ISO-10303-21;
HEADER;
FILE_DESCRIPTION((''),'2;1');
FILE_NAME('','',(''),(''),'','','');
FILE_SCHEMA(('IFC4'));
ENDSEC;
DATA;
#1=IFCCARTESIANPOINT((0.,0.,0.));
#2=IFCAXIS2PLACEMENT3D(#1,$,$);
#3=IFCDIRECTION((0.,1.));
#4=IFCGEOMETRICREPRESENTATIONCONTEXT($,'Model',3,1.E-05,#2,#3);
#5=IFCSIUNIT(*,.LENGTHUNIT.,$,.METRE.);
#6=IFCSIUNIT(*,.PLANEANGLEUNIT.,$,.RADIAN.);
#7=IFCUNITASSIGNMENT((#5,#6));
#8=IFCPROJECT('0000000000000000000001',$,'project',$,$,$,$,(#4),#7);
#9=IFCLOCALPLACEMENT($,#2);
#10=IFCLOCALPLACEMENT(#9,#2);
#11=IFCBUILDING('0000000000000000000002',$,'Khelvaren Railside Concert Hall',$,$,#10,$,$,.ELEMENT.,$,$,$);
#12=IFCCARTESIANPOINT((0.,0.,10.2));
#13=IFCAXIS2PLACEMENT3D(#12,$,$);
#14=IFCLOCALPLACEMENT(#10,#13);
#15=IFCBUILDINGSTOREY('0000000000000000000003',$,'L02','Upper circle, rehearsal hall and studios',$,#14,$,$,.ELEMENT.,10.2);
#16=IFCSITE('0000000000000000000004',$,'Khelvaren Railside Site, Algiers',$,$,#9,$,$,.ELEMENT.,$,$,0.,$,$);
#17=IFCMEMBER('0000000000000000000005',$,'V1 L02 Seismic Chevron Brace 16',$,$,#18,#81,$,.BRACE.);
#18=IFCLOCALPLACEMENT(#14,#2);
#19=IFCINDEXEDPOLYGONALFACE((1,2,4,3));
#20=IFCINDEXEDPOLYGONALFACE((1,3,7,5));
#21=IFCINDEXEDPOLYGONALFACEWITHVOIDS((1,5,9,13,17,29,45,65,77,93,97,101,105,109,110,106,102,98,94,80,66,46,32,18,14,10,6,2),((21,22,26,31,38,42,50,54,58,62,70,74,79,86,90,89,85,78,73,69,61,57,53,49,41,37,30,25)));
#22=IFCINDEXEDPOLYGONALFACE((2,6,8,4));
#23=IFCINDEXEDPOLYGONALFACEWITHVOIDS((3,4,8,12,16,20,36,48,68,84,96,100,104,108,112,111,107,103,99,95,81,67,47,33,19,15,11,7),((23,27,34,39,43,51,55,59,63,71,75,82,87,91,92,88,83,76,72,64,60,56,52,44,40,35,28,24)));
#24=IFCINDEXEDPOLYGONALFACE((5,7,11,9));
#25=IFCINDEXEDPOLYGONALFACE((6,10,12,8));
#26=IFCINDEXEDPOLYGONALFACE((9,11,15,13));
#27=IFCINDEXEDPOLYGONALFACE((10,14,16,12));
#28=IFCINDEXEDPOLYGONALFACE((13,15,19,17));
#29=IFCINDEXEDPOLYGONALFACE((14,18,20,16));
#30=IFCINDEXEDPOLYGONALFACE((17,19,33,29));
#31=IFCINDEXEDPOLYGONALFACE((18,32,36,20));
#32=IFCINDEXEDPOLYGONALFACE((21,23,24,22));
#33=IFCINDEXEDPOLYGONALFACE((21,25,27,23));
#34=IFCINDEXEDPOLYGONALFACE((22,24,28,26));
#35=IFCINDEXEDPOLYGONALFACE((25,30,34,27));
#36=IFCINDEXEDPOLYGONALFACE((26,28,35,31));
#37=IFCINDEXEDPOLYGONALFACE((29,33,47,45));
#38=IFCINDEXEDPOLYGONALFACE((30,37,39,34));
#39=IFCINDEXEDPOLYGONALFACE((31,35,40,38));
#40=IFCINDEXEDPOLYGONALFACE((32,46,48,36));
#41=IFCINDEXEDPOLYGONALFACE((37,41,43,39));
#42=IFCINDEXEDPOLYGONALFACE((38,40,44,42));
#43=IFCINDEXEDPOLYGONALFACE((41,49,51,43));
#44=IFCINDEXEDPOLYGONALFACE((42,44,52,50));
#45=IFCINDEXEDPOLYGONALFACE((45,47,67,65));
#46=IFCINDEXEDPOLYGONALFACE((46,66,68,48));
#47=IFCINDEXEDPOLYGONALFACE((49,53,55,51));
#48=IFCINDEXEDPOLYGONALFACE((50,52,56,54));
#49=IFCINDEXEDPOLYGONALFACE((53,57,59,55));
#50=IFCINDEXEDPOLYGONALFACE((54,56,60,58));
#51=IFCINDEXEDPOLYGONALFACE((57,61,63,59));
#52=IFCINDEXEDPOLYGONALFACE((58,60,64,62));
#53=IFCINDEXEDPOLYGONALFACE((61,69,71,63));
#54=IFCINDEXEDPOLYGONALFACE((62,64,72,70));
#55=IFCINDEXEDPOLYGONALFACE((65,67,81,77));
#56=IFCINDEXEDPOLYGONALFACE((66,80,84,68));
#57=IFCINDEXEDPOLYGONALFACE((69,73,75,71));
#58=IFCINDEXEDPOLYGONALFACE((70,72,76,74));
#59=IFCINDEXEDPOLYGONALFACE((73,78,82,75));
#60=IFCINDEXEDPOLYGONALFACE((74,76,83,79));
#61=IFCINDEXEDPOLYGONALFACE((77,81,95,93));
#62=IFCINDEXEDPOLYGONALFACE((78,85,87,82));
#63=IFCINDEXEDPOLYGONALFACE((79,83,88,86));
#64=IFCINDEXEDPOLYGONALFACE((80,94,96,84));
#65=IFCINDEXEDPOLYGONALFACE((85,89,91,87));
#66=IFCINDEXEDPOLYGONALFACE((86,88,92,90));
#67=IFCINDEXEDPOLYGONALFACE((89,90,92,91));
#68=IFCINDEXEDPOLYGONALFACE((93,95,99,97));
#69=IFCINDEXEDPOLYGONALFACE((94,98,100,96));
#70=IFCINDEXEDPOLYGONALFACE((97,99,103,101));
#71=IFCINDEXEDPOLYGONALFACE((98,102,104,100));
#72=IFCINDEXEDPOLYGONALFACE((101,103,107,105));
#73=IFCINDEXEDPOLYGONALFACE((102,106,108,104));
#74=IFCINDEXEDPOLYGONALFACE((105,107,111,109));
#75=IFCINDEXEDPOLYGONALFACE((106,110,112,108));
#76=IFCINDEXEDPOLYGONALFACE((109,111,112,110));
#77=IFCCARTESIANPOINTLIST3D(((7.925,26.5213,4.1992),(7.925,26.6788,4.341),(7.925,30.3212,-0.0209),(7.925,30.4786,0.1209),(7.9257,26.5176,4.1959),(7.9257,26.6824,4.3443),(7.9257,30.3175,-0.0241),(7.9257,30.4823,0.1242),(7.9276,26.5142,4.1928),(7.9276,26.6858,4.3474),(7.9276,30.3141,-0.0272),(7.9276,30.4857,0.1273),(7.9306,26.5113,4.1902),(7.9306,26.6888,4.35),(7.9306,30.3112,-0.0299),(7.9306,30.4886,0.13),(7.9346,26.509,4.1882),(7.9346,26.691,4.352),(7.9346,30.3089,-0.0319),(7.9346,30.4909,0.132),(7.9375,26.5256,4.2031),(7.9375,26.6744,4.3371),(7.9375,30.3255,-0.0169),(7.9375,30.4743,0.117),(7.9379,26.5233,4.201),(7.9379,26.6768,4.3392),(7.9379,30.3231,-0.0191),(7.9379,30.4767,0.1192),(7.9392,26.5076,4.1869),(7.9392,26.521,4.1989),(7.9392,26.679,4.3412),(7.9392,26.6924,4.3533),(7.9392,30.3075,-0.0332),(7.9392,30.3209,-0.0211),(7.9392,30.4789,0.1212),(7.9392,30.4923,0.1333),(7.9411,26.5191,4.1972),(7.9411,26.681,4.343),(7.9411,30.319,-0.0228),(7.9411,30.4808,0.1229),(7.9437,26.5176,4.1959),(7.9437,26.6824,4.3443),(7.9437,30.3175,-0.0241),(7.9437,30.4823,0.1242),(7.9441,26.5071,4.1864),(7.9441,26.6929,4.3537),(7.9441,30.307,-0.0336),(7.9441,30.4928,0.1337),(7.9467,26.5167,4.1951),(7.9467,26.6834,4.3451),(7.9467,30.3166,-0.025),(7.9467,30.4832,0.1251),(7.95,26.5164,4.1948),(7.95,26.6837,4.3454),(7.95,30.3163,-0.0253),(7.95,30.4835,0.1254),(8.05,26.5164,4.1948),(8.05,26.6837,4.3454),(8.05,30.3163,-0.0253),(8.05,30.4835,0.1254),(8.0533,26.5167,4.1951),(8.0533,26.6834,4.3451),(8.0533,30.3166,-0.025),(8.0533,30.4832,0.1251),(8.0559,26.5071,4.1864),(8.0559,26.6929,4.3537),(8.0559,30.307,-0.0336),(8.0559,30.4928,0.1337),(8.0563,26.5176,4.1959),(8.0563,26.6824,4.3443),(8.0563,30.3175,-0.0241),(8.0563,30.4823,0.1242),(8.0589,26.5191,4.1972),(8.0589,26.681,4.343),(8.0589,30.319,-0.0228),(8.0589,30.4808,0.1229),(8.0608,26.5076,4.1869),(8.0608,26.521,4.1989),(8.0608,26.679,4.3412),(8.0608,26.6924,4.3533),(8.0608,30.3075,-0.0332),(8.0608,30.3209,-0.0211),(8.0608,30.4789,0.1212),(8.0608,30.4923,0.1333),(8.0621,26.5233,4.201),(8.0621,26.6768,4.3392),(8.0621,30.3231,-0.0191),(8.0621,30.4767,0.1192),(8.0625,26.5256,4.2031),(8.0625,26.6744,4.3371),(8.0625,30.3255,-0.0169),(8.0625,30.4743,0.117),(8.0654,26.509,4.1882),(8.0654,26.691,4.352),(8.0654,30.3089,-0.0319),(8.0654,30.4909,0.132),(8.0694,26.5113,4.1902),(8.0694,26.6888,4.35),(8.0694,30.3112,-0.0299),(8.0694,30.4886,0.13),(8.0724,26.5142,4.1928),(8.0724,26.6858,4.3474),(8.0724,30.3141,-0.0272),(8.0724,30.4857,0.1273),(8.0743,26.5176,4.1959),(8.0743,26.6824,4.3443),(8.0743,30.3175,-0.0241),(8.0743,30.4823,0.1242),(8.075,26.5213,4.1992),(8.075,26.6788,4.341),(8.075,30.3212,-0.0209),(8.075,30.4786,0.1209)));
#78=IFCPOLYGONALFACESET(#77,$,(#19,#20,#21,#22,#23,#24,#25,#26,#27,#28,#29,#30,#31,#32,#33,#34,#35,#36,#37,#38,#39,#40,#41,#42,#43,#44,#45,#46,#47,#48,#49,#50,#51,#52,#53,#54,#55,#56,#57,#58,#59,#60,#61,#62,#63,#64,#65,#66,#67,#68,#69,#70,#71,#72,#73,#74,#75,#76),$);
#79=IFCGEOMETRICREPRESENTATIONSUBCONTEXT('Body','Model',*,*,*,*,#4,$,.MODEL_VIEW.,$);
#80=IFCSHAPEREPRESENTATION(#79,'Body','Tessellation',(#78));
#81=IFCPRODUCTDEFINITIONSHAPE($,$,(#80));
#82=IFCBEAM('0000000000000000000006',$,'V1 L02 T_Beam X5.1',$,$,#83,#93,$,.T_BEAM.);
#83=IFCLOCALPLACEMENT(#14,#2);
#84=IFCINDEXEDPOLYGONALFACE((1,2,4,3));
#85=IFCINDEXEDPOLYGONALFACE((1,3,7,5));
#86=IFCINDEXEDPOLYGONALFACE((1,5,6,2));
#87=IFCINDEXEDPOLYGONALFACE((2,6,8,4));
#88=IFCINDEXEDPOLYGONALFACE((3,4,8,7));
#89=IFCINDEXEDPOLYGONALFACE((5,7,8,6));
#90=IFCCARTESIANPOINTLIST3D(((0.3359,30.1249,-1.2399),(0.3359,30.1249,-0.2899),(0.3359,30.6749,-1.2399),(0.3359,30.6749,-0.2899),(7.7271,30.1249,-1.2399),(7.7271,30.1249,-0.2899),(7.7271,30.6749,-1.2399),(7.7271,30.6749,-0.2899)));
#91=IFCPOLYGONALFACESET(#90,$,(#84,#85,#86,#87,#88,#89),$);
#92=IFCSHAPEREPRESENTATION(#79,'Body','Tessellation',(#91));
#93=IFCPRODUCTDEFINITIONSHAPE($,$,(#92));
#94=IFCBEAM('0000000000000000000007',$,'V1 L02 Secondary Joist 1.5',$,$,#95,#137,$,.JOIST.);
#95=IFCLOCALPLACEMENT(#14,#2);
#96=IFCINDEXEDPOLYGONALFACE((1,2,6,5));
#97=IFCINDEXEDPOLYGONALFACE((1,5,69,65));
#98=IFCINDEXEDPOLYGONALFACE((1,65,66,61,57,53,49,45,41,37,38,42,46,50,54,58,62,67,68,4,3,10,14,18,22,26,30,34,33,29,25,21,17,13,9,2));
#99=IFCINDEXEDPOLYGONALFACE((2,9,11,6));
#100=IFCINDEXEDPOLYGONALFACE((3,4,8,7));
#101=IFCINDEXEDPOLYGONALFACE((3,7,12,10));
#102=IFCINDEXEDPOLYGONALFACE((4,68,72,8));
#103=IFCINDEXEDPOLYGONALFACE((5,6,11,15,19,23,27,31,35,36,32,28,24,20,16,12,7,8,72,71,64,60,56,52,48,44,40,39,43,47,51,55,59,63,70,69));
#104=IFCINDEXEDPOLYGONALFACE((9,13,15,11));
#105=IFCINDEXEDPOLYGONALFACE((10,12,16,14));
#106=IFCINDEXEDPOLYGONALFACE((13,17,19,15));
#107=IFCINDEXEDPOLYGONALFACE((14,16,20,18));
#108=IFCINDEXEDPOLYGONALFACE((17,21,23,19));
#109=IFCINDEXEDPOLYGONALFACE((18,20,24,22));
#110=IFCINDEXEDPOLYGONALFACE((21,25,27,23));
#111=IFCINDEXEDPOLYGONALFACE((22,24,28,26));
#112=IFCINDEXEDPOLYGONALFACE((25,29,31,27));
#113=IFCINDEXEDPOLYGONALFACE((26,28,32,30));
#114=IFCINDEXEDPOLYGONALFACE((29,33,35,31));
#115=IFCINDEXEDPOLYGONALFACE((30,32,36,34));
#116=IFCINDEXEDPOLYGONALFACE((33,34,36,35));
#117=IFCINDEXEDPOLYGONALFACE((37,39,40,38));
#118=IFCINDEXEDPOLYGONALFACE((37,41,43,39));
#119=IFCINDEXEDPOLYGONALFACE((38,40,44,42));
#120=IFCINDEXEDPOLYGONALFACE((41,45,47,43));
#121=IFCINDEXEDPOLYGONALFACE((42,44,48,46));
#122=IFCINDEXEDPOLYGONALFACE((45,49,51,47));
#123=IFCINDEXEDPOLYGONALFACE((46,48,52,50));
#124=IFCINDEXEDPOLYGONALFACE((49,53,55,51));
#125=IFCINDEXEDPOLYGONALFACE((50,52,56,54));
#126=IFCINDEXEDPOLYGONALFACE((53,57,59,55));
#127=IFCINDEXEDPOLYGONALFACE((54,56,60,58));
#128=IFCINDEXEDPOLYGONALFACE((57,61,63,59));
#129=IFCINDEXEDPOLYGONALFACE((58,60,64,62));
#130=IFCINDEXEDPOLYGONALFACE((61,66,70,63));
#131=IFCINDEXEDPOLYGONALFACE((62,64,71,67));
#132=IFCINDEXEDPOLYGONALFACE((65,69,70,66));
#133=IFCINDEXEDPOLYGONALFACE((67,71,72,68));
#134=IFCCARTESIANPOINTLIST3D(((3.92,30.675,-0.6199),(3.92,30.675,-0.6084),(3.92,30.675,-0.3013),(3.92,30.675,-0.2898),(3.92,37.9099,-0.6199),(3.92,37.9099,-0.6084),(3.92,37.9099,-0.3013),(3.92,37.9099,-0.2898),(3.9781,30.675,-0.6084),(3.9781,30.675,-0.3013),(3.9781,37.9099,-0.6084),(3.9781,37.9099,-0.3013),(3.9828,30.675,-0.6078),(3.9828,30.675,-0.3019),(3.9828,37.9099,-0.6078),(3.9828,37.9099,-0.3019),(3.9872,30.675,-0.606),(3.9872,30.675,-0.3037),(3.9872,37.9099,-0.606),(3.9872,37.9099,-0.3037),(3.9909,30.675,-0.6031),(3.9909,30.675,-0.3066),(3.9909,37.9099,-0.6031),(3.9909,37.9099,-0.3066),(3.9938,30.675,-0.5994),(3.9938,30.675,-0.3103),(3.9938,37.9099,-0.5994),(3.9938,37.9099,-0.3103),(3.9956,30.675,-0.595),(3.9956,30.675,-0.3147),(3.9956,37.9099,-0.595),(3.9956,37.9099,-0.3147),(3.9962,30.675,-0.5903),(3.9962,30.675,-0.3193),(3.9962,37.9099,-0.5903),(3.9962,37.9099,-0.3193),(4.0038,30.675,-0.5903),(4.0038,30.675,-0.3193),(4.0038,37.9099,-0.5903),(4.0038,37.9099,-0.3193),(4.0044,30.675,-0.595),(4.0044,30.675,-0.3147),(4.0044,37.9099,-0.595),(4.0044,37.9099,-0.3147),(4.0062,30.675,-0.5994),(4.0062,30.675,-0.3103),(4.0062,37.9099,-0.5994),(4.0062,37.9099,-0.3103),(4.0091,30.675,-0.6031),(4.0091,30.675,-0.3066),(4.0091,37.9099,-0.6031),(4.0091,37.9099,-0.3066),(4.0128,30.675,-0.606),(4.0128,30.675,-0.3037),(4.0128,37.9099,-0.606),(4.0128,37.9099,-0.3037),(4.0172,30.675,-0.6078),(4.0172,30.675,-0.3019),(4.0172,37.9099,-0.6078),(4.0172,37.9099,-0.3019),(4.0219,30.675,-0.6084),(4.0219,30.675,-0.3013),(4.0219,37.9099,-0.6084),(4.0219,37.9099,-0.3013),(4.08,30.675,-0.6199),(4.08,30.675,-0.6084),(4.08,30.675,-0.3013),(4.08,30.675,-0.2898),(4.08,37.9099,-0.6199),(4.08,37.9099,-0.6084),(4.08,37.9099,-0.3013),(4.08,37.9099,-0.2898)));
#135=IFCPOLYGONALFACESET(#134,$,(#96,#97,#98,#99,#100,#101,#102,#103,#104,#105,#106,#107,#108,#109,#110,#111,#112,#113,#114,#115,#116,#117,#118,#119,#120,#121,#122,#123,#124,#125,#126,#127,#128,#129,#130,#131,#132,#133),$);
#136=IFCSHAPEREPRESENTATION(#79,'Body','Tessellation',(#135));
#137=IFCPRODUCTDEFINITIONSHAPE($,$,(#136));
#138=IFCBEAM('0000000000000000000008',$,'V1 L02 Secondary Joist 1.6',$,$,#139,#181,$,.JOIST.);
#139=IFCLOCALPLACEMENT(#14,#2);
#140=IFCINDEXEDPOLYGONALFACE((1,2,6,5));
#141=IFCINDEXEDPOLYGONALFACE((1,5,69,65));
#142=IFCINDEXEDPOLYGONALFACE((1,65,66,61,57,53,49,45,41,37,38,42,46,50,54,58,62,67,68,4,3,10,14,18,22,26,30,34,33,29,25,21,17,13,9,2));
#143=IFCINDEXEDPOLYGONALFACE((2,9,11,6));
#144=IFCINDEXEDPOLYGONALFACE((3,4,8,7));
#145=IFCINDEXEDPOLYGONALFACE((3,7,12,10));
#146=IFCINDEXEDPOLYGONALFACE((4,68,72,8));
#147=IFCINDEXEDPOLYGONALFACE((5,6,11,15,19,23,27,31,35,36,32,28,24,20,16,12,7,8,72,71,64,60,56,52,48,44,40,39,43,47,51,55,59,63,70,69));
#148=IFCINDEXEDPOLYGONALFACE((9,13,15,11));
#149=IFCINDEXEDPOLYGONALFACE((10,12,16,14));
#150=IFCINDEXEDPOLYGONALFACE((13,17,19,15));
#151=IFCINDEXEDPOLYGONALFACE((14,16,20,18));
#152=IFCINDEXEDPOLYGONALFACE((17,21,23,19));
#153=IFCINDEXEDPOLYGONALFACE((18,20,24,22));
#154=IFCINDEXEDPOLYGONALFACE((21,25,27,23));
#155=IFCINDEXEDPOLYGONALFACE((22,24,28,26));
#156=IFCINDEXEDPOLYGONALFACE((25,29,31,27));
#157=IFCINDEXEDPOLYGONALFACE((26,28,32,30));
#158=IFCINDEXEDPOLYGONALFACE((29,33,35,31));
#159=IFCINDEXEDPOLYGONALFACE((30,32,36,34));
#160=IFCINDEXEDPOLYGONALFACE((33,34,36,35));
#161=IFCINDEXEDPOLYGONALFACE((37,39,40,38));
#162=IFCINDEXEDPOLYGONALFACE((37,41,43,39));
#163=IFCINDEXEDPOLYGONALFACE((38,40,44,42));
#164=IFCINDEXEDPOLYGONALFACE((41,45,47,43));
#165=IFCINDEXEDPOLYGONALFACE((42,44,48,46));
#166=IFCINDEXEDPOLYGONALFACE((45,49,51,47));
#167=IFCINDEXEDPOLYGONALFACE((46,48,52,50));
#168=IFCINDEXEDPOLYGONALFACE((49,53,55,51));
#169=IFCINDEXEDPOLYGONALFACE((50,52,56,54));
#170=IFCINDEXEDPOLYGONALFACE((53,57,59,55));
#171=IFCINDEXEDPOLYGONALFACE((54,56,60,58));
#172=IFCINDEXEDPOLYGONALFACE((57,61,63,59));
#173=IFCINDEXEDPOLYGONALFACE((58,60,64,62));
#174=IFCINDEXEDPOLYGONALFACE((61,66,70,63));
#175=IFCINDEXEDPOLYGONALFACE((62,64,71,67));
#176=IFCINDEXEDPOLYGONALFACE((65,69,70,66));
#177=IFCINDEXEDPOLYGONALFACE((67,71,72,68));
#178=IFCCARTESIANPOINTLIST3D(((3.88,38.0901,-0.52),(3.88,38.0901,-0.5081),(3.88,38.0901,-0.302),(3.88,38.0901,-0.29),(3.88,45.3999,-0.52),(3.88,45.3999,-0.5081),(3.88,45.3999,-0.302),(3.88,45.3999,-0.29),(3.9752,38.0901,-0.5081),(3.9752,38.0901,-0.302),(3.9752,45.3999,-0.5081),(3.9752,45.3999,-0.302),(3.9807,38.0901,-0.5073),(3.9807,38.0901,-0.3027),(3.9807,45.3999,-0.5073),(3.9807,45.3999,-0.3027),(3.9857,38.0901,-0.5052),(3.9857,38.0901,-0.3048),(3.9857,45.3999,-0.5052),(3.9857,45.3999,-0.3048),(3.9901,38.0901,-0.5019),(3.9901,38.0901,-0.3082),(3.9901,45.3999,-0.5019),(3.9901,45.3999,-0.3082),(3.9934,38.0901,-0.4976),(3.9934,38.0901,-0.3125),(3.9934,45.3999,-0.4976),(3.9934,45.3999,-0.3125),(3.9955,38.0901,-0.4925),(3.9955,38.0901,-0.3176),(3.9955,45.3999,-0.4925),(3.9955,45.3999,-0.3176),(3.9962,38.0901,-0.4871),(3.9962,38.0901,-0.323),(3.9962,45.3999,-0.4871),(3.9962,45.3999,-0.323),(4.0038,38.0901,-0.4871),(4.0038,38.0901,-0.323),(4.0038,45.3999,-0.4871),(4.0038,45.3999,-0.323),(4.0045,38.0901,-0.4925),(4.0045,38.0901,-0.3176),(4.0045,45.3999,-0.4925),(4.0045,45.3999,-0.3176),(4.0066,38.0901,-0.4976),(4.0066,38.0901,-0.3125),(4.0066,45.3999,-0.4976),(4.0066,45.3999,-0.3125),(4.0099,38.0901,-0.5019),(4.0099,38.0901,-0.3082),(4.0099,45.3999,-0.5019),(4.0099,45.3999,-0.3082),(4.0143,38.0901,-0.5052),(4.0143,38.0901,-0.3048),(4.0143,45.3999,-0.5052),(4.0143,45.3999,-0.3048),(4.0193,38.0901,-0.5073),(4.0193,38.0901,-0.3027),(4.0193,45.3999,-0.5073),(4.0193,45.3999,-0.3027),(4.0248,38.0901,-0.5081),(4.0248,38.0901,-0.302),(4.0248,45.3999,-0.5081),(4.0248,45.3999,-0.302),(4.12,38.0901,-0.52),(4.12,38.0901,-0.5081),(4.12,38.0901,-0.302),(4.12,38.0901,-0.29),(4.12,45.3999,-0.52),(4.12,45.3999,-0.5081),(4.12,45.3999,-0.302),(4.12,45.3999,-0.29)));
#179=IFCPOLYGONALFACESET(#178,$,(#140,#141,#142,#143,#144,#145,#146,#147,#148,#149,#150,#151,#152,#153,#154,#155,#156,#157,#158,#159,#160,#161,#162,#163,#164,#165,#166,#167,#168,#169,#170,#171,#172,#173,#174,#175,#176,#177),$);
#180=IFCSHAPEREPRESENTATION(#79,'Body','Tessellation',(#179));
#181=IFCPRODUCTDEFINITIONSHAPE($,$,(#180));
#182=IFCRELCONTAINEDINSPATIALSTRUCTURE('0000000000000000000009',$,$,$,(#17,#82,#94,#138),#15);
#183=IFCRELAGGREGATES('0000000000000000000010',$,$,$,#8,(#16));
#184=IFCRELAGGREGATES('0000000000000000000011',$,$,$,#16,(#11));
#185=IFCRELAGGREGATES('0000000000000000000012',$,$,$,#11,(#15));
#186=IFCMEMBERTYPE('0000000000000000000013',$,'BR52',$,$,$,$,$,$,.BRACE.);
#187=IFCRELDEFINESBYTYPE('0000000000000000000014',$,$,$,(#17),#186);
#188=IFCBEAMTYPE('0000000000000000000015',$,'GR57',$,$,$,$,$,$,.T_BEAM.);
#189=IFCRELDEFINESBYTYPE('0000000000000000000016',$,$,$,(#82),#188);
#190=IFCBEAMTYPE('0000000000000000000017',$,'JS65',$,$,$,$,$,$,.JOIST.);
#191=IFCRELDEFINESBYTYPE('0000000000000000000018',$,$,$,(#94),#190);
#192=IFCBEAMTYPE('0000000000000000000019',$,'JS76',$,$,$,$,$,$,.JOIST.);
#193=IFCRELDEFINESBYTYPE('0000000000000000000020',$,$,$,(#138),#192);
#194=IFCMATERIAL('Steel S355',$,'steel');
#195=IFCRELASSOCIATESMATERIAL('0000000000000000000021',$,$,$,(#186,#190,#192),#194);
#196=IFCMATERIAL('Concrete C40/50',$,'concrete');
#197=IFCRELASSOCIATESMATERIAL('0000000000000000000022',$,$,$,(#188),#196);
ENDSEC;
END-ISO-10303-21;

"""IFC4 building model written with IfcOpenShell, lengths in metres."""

from ifc_helpers import new_model, si_unit, direction, frame, origin, origin_2d, place, context, subcontext, project, spatial, rectangle, hollow_rectangle, i_section, extrude, material, material_profile, profile_set, type_object, element, save


model = new_model("IFC4")

# Units and contexts
model_context = context("Model", 3, precision=1e-05, world=origin(), true_north=direction((0.0, 1.0)))
body_context = subcontext(model_context, "Body", "Model", "MODEL_VIEW")
ifc_project = project(units=[si_unit("LENGTHUNIT", "METRE"), si_unit("PLANEANGLEUNIT", "RADIAN")], contexts=[model_context])

# Site, building, storey
site_placement = place(None, origin())
site = spatial("IfcSite", under=ifc_project, at=site_placement, Name="Khelvaren Railside Site, Algiers", CompositionType="ELEMENT", RefElevation=0.0)
building_placement = place(site_placement, origin())
building = spatial("IfcBuilding", under=site, at=building_placement, Name="Khelvaren Railside Concert Hall", CompositionType="ELEMENT")
storey_placement = place(building_placement, frame((0.0, 0.0, 10.2)))
storey = spatial("IfcBuildingStorey", under=building, at=storey_placement, Name="L02", Description="Upper circle, rehearsal hall and studios", CompositionType="ELEMENT", Elevation=10.2)

# Shared definitions
ifc_material_1 = material(Name="Steel S355", Category="steel")
ifc_material_2 = material(Name="Concrete C40/50", Category="concrete")

# Member
ifc_material_profile_1 = material_profile(ifc_material_1, hollow_rectangle(XDim=0.1499, YDim=0.25, WallThickness=0.0125, InnerFilletRadius=0.0125, OuterFilletRadius=0.019, at=origin_2d()), Name="RHS 250x150x12.5")
ifc_profile_set_1 = profile_set([ifc_material_profile_1], Name="Steel S355")
member_type = type_object("IfcMemberType", Name="BR52", PredefinedType="BRACE", material=ifc_profile_set_1)
member_placement = place(storey_placement, frame((8.0, 30.3999, 0.05), z_axis=(0.0, -0.669143, 0.743134), x_axis=(1.0, 0.0, 0.0)))
element("IfcMember", 1, at=member_placement, inside=storey, type_object=member_type, Name="V1 L02 Seismic Chevron Brace 16", PredefinedType="BRACE", context=body_context, shape_type="SweptSolid", body=[
    extrude(hollow_rectangle(XDim=0.1499, YDim=0.25, WallThickness=0.0125, InnerFilletRadius=0.0125, OuterFilletRadius=0.019, at=origin_2d()), origin(), (0.0, 0.0, 1.0), 5.6787),
])

# Beams
ifc_material_profile_2 = material_profile(ifc_material_2, rectangle(XDim=0.55, YDim=0.95, at=origin_2d()), Name="RCB 550x950")
ifc_profile_set_2 = profile_set([ifc_material_profile_2], Name="Concrete C40/50")
beam_type_1 = type_object("IfcBeamType", Name="GR57", PredefinedType="T_BEAM", material=ifc_profile_set_2)
beam_1_placement = place(storey_placement, frame((0.3359, 30.3999, -0.7649), z_axis=(1.0, 0.0, 0.0), x_axis=(0.0, 1.0, 0.0)))
element("IfcBeam", 2, at=beam_1_placement, inside=storey, type_object=beam_type_1, Name="V1 L02 T_Beam X5.1", PredefinedType="T_BEAM", context=body_context, shape_type="SweptSolid", body=[
    extrude(rectangle(XDim=0.55, YDim=0.95, at=origin_2d()), origin(), (0.0, 0.0, 1.0), 7.3911),
])
ifc_material_profile_3 = material_profile(ifc_material_1, i_section(OverallWidth=0.1599, OverallDepth=0.3301, WebThickness=0.0076, FlangeThickness=0.0115, FilletRadius=0.0181, at=origin_2d()), Name="IPE 330")
ifc_profile_set_3 = profile_set([ifc_material_profile_3], Name="Steel S355")
beam_type_2 = type_object("IfcBeamType", Name="JS65", PredefinedType="JOIST", material=ifc_profile_set_3)
beam_2_placement = place(storey_placement, frame((4.0, 30.675, -0.4548), z_axis=(0.0, 1.0, 0.0), x_axis=(-1.0, 0.0, 0.0)))
element("IfcBeam", 3, at=beam_2_placement, inside=storey, type_object=beam_type_2, Name="V1 L02 Secondary Joist 1.5", PredefinedType="JOIST", context=body_context, shape_type="SweptSolid", body=[
    extrude(i_section(OverallWidth=0.1599, OverallDepth=0.3301, WebThickness=0.0076, FlangeThickness=0.0115, FilletRadius=0.0181, at=origin_2d()), origin(), (0.0, 0.0, 1.0), 7.2349),
])
ifc_material_profile_4 = material_profile(ifc_material_1, i_section(OverallWidth=0.24, OverallDepth=0.23, WebThickness=0.0076, FlangeThickness=0.012, FilletRadius=0.021, at=origin_2d()), Name="HEA 240")
ifc_profile_set_4 = profile_set([ifc_material_profile_4], Name="Steel S355")
beam_type_3 = type_object("IfcBeamType", Name="JS76", PredefinedType="JOIST", material=ifc_profile_set_4)
beam_3_placement = place(storey_placement, frame((4.0, 38.0901, -0.405), z_axis=(0.0, 1.0, 0.0), x_axis=(-1.0, 0.0, 0.0)))
element("IfcBeam", 4, at=beam_3_placement, inside=storey, type_object=beam_type_3, Name="V1 L02 Secondary Joist 1.6", PredefinedType="JOIST", context=body_context, shape_type="SweptSolid", body=[
    extrude(i_section(OverallWidth=0.24, OverallDepth=0.23, WebThickness=0.0076, FlangeThickness=0.012, FilletRadius=0.021, at=origin_2d()), origin(), (0.0, 0.0, 1.0), 7.3098),
])

save(model, "model.ifc")
